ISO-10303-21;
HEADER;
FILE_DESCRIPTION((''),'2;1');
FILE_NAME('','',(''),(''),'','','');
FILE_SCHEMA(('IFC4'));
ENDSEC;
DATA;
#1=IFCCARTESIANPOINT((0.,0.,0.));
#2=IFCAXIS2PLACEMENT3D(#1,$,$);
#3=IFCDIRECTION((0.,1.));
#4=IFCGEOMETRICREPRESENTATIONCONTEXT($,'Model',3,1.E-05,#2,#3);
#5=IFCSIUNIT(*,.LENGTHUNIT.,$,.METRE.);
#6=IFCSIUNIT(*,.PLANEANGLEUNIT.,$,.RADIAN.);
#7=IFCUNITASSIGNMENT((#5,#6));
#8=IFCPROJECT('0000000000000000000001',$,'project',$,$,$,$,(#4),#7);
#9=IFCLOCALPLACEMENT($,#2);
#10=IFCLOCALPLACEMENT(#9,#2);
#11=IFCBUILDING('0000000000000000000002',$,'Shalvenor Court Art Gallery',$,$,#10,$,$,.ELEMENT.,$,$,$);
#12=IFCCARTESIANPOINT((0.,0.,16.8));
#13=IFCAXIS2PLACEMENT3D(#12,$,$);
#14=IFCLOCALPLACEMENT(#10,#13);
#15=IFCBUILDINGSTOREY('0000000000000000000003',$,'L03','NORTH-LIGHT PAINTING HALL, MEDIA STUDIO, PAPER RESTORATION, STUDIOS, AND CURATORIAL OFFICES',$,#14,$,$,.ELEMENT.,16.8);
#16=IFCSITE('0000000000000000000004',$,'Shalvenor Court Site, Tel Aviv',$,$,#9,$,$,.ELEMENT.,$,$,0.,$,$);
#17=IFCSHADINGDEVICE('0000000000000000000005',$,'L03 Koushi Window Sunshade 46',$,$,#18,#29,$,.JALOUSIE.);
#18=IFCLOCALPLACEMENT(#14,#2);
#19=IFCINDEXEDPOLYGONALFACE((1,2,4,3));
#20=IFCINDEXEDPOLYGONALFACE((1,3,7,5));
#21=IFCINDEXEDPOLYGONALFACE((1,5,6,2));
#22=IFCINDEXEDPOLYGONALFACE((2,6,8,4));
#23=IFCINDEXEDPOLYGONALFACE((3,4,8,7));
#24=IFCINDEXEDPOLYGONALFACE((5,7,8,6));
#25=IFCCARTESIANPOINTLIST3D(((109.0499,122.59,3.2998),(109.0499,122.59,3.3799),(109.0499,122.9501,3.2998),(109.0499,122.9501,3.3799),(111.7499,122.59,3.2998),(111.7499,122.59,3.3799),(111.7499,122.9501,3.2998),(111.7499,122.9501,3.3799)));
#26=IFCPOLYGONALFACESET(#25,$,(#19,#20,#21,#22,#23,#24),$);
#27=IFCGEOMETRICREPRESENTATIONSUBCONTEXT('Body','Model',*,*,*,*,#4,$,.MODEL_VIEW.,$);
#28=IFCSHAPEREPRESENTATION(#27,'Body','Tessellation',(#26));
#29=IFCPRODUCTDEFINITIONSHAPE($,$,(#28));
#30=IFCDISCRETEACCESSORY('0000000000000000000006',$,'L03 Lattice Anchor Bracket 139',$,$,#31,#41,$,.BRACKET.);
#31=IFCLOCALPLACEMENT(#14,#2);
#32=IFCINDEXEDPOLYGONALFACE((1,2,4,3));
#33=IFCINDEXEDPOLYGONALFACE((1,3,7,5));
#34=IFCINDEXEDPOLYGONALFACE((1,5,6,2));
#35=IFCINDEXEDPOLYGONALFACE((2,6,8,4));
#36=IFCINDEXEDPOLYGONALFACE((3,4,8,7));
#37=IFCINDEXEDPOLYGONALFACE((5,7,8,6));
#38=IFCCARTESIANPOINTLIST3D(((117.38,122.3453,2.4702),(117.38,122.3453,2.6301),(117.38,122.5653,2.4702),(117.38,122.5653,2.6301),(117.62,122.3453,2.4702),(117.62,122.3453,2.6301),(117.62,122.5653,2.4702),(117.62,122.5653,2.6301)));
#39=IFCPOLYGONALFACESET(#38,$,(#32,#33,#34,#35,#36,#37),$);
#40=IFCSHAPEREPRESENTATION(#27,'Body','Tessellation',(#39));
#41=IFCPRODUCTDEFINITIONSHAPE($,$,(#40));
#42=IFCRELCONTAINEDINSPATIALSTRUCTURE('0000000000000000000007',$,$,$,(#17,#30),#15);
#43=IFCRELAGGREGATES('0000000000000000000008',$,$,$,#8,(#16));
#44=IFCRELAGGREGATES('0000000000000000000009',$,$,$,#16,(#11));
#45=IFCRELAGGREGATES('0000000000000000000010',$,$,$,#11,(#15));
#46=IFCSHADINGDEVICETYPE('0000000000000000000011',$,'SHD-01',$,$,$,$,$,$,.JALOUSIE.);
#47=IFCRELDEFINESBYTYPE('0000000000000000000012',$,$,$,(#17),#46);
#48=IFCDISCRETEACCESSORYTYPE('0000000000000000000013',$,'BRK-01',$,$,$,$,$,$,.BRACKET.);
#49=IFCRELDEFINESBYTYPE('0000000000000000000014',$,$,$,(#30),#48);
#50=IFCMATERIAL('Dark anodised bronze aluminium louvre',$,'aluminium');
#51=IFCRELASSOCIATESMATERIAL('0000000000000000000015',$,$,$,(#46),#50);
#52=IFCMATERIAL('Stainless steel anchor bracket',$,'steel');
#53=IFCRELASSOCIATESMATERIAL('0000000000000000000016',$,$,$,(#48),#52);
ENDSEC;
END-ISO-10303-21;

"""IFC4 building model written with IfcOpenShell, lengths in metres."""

from ifc_helpers import new_model, si_unit, direction, frame, origin, origin_2d, place, context, subcontext, project, spatial, rectangle, extrude, material, type_object, element, save


model = new_model("IFC4")

# Units and contexts
model_context = context("Model", 3, precision=1e-05, world=origin(), true_north=direction((0.0, 1.0)))
body_context = subcontext(model_context, "Body", "Model", "MODEL_VIEW")
ifc_project = project(units=[si_unit("LENGTHUNIT", "METRE"), si_unit("PLANEANGLEUNIT", "RADIAN")], contexts=[model_context])

# Site, building, storey
site_placement = place(None, origin())
site = spatial("IfcSite", under=ifc_project, at=site_placement, Name="Shalvenor Court Site, Tel Aviv", CompositionType="ELEMENT", RefElevation=0.0)
building_placement = place(site_placement, origin())
building = spatial("IfcBuilding", under=site, at=building_placement, Name="Shalvenor Court Art Gallery", CompositionType="ELEMENT")
storey_placement = place(building_placement, frame((0.0, 0.0, 16.8)))
storey = spatial("IfcBuildingStorey", under=building, at=storey_placement, Name="L03", Description="NORTH-LIGHT PAINTING HALL, MEDIA STUDIO, PAPER RESTORATION, STUDIOS, AND CURATORIAL OFFICES", CompositionType="ELEMENT", Elevation=16.8)

# Shading device
ifc_material_1 = material(Name="Dark anodised bronze aluminium louvre", Category="aluminium")
shading_device_type = type_object("IfcShadingDeviceType", Name="SHD-01", PredefinedType="JALOUSIE", material=ifc_material_1)
shading_device_placement = place(storey_placement, frame((110.3999, 122.77, 3.2998), z_axis=(0.0, 0.0, 1.0), x_axis=(1.0, 0.0, 0.0)))
element("IfcShadingDevice", 1, at=shading_device_placement, inside=storey, type_object=shading_device_type, Name="L03 Koushi Window Sunshade 46", PredefinedType="JALOUSIE", context=body_context, shape_type="SweptSolid", body=[
    extrude(rectangle(XDim=2.7, YDim=0.3601, at=origin_2d()), origin(), (0.0, 0.0, 1.0), 0.0801),
])

# Discrete accessory
ifc_material_2 = material(Name="Stainless steel anchor bracket", Category="steel")
discrete_accessory_type = type_object("IfcDiscreteAccessoryType", Name="BRK-01", PredefinedType="BRACKET", material=ifc_material_2)
discrete_accessory_placement = place(storey_placement, frame((117.5, 122.4553, 2.4702), z_axis=(0.0, 0.0, 1.0), x_axis=(1.0, 0.0, 0.0)))
element("IfcDiscreteAccessory", 2, at=discrete_accessory_placement, inside=storey, type_object=discrete_accessory_type, Name="L03 Lattice Anchor Bracket 139", PredefinedType="BRACKET", context=body_context, shape_type="SweptSolid", body=[
    extrude(rectangle(XDim=0.24, YDim=0.22, at=origin_2d()), origin(), (0.0, 0.0, 1.0), 0.1599),
])

save(model, "model.ifc")
